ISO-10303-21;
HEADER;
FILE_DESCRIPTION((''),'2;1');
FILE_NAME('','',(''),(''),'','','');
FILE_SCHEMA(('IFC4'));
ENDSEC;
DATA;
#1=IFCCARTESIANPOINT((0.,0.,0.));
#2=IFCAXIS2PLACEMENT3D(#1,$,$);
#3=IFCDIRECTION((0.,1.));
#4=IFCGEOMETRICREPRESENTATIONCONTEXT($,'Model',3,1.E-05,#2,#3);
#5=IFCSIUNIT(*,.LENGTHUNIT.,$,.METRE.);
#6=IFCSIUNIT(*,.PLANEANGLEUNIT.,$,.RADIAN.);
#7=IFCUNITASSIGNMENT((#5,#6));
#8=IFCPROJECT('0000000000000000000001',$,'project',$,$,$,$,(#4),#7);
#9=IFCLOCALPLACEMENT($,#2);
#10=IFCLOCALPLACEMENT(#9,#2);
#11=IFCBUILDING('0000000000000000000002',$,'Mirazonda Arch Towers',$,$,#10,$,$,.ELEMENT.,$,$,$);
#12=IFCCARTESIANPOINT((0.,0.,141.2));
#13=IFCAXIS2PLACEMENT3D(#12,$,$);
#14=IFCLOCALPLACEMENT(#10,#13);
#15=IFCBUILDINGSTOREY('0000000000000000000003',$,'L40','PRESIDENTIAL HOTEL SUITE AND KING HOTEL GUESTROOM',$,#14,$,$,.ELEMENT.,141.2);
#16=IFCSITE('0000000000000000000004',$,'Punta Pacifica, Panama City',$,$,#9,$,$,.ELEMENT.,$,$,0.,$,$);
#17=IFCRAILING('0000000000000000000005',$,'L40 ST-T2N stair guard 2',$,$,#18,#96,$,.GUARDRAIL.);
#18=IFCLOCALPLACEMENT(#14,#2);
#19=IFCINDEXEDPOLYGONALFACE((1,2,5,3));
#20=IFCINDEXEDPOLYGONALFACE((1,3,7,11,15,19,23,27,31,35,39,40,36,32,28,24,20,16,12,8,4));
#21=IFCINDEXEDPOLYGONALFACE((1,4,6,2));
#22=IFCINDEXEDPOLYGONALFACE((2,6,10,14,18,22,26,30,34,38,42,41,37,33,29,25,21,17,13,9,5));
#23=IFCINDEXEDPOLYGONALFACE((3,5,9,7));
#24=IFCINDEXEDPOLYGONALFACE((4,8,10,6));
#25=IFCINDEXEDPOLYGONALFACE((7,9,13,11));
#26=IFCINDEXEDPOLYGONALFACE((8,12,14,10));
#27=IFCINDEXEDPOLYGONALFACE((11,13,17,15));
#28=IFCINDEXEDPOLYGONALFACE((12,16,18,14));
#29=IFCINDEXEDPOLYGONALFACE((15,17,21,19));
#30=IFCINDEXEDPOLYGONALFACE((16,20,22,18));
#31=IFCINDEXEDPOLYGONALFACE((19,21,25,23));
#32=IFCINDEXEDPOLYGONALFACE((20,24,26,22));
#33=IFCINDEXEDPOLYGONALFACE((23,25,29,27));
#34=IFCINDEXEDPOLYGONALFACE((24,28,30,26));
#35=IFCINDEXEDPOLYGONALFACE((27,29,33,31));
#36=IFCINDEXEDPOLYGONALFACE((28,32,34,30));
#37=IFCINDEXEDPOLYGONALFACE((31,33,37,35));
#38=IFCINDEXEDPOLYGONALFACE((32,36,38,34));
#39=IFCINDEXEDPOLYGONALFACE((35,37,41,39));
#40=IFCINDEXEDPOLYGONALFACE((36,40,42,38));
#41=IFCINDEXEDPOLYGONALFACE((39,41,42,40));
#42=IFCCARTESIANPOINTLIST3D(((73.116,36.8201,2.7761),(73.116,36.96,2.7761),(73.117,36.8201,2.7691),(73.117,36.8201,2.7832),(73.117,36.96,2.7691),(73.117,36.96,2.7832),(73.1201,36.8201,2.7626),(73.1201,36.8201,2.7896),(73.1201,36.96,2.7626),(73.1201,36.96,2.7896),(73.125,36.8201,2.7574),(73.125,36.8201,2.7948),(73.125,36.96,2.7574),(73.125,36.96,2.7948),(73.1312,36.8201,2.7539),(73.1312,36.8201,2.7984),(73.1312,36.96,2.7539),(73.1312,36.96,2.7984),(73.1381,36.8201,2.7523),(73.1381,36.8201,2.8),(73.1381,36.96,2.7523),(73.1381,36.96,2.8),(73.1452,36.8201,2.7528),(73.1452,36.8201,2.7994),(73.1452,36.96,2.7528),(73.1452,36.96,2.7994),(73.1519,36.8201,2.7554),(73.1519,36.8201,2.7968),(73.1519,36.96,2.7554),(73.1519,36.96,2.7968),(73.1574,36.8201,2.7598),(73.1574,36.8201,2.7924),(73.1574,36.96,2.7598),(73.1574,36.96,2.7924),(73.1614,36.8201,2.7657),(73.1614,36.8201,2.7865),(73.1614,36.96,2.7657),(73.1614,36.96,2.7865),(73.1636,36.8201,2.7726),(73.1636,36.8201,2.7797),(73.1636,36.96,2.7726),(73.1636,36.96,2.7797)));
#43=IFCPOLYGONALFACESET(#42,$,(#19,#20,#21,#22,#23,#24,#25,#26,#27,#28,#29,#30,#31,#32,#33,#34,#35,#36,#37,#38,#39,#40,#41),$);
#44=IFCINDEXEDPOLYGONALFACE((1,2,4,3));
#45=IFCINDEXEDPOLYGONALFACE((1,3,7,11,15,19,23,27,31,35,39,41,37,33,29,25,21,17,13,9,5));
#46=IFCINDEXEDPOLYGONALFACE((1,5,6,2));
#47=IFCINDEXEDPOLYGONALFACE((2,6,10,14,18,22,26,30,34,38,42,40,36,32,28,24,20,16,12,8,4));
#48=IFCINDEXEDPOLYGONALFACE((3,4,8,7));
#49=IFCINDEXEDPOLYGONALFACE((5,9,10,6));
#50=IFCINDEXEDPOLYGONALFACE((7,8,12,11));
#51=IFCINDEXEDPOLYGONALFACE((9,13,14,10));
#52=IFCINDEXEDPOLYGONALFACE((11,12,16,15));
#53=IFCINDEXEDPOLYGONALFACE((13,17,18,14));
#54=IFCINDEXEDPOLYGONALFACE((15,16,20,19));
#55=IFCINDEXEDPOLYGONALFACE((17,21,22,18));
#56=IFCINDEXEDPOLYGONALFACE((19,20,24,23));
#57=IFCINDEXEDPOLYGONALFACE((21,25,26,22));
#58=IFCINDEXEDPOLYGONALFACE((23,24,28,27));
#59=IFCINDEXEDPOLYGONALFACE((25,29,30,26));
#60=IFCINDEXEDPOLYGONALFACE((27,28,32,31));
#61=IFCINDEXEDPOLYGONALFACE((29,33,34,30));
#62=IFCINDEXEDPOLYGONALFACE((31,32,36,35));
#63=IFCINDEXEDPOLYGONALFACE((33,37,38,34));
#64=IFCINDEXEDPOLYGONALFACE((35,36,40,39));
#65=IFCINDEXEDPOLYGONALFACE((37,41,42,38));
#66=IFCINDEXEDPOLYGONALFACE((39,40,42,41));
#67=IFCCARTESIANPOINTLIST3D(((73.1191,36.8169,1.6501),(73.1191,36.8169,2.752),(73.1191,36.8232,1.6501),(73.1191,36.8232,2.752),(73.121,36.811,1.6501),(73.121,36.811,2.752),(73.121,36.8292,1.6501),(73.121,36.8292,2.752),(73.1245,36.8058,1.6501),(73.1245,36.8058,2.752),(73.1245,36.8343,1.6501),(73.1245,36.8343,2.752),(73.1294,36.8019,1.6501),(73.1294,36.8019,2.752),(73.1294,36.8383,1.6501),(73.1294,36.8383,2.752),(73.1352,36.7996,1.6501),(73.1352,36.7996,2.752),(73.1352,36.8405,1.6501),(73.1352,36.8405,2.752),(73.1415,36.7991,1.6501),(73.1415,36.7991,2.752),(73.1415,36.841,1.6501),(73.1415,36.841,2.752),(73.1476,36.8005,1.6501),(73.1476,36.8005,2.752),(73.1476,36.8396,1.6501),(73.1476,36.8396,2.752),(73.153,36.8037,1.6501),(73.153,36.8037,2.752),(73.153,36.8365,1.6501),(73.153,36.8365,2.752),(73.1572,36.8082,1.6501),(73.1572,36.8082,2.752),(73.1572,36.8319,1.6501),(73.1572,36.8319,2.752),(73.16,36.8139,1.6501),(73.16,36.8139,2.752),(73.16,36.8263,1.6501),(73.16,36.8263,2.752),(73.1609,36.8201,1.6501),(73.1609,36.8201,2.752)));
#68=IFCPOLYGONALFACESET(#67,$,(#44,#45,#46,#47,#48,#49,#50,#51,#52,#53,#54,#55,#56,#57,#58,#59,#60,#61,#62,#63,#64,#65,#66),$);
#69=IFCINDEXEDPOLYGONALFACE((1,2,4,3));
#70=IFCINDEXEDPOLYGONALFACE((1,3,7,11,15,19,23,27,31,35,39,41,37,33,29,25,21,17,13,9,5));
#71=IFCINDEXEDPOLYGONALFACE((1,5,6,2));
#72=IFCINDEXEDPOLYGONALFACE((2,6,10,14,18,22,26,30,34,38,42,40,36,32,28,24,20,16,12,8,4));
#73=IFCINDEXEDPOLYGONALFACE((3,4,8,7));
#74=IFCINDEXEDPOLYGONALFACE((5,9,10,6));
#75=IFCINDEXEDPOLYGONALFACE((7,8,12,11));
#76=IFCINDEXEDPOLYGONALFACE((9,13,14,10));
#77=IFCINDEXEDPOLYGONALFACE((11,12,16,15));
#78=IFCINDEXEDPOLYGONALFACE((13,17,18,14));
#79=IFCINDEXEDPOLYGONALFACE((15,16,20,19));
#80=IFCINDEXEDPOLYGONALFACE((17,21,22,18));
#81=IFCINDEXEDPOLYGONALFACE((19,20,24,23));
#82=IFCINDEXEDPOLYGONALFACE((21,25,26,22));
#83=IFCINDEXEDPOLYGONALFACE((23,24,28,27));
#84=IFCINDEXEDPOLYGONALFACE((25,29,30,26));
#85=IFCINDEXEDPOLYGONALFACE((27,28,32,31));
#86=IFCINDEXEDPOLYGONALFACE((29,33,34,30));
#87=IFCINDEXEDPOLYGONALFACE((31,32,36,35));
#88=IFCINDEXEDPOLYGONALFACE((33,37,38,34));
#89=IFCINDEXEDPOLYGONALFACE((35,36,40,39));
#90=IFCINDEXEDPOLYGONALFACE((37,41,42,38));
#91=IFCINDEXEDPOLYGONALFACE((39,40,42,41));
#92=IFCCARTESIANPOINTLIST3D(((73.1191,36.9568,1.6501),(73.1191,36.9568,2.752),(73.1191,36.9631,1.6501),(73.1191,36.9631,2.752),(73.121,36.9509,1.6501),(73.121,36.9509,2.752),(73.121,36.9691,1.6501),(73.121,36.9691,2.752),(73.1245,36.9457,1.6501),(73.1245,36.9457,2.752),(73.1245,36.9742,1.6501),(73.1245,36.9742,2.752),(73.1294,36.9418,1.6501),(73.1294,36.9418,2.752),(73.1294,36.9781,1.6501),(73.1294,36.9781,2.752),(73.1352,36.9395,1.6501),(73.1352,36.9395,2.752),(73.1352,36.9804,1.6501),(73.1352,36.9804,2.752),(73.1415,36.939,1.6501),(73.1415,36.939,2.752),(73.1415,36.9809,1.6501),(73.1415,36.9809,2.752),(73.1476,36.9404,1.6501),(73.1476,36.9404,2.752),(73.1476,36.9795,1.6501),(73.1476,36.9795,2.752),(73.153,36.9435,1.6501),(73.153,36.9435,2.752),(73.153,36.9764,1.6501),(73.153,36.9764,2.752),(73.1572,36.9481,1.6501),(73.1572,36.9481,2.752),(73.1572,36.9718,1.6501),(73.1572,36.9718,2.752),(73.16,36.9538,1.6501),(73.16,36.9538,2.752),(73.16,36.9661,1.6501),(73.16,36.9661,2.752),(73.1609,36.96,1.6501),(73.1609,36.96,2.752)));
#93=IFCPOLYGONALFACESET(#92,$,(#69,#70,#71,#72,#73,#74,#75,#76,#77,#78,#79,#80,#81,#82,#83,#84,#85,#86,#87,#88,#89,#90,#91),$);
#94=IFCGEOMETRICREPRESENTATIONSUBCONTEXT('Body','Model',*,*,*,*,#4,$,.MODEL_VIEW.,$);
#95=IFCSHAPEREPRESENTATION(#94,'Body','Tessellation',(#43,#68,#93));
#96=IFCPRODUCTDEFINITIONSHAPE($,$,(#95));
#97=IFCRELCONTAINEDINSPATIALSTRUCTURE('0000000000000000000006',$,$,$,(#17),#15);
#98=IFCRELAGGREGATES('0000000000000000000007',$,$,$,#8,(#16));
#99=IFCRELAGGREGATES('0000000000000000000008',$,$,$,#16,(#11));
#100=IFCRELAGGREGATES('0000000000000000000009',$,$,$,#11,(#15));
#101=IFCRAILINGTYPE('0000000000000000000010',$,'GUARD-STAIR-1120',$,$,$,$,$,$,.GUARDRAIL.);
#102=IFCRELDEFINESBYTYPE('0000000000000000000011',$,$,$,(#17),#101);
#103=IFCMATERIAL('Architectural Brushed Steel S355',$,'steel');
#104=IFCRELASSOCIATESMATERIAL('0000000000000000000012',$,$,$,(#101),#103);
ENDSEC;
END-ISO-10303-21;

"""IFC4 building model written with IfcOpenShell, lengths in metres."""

from ifc_helpers import new_model, si_unit, direction, frame, origin, origin_2d, place, context, subcontext, project, spatial, circle, extrude, material, type_object, element, save


model = new_model("IFC4")

# Units and contexts
model_context = context("Model", 3, precision=1e-05, world=origin(), true_north=direction((0.0, 1.0)))
body_context = subcontext(model_context, "Body", "Model", "MODEL_VIEW")
ifc_project = project(units=[si_unit("LENGTHUNIT", "METRE"), si_unit("PLANEANGLEUNIT", "RADIAN")], contexts=[model_context])

# Site, building, storey
site_placement = place(None, origin())
site = spatial("IfcSite", under=ifc_project, at=site_placement, Name="Punta Pacifica, Panama City", CompositionType="ELEMENT", RefElevation=0.0)
building_placement = place(site_placement, origin())
building = spatial("IfcBuilding", under=site, at=building_placement, Name="Mirazonda Arch Towers", CompositionType="ELEMENT")
storey_placement = place(building_placement, frame((0.0, 0.0, 141.2)))
storey = spatial("IfcBuildingStorey", under=building, at=storey_placement, Name="L40", Description="PRESIDENTIAL HOTEL SUITE AND KING HOTEL GUESTROOM", CompositionType="ELEMENT", Elevation=141.2)

# Railing
ifc_material_1 = material(Name="Architectural Brushed Steel S355", Category="steel")
railing_type_1 = type_object("IfcRailingType", Name="GUARD-STAIR-1120", PredefinedType="GUARDRAIL", material=ifc_material_1)
railing_1_placement = place(storey_placement, frame((73.1399, 36.8201, 1.6501)))
element("IfcRailing", 1, at=railing_1_placement, inside=storey, type_object=railing_type_1, Name="L40 ST-T2N stair guard 2", PredefinedType="GUARDRAIL", context=body_context, shape_type="SweptSolid", body=[
    extrude(circle(Radius=0.0239, at=origin_2d()), frame((0.0, 0.0, 1.126), z_axis=(0.0, 1.0, 0.0), x_axis=(-1.0, 0.0, 0.0)), (0.0, 0.0, 1.0), 0.1399),
    extrude(circle(Radius=0.021, at=origin_2d()), origin(), (0.0, 0.0, 1.0), 1.1018),
    extrude(circle(Radius=0.021, at=origin_2d()), frame((0.0, 0.1399, 0.0)), (0.0, 0.0, 1.0), 1.1018),
])

save(model, "model.ifc")
